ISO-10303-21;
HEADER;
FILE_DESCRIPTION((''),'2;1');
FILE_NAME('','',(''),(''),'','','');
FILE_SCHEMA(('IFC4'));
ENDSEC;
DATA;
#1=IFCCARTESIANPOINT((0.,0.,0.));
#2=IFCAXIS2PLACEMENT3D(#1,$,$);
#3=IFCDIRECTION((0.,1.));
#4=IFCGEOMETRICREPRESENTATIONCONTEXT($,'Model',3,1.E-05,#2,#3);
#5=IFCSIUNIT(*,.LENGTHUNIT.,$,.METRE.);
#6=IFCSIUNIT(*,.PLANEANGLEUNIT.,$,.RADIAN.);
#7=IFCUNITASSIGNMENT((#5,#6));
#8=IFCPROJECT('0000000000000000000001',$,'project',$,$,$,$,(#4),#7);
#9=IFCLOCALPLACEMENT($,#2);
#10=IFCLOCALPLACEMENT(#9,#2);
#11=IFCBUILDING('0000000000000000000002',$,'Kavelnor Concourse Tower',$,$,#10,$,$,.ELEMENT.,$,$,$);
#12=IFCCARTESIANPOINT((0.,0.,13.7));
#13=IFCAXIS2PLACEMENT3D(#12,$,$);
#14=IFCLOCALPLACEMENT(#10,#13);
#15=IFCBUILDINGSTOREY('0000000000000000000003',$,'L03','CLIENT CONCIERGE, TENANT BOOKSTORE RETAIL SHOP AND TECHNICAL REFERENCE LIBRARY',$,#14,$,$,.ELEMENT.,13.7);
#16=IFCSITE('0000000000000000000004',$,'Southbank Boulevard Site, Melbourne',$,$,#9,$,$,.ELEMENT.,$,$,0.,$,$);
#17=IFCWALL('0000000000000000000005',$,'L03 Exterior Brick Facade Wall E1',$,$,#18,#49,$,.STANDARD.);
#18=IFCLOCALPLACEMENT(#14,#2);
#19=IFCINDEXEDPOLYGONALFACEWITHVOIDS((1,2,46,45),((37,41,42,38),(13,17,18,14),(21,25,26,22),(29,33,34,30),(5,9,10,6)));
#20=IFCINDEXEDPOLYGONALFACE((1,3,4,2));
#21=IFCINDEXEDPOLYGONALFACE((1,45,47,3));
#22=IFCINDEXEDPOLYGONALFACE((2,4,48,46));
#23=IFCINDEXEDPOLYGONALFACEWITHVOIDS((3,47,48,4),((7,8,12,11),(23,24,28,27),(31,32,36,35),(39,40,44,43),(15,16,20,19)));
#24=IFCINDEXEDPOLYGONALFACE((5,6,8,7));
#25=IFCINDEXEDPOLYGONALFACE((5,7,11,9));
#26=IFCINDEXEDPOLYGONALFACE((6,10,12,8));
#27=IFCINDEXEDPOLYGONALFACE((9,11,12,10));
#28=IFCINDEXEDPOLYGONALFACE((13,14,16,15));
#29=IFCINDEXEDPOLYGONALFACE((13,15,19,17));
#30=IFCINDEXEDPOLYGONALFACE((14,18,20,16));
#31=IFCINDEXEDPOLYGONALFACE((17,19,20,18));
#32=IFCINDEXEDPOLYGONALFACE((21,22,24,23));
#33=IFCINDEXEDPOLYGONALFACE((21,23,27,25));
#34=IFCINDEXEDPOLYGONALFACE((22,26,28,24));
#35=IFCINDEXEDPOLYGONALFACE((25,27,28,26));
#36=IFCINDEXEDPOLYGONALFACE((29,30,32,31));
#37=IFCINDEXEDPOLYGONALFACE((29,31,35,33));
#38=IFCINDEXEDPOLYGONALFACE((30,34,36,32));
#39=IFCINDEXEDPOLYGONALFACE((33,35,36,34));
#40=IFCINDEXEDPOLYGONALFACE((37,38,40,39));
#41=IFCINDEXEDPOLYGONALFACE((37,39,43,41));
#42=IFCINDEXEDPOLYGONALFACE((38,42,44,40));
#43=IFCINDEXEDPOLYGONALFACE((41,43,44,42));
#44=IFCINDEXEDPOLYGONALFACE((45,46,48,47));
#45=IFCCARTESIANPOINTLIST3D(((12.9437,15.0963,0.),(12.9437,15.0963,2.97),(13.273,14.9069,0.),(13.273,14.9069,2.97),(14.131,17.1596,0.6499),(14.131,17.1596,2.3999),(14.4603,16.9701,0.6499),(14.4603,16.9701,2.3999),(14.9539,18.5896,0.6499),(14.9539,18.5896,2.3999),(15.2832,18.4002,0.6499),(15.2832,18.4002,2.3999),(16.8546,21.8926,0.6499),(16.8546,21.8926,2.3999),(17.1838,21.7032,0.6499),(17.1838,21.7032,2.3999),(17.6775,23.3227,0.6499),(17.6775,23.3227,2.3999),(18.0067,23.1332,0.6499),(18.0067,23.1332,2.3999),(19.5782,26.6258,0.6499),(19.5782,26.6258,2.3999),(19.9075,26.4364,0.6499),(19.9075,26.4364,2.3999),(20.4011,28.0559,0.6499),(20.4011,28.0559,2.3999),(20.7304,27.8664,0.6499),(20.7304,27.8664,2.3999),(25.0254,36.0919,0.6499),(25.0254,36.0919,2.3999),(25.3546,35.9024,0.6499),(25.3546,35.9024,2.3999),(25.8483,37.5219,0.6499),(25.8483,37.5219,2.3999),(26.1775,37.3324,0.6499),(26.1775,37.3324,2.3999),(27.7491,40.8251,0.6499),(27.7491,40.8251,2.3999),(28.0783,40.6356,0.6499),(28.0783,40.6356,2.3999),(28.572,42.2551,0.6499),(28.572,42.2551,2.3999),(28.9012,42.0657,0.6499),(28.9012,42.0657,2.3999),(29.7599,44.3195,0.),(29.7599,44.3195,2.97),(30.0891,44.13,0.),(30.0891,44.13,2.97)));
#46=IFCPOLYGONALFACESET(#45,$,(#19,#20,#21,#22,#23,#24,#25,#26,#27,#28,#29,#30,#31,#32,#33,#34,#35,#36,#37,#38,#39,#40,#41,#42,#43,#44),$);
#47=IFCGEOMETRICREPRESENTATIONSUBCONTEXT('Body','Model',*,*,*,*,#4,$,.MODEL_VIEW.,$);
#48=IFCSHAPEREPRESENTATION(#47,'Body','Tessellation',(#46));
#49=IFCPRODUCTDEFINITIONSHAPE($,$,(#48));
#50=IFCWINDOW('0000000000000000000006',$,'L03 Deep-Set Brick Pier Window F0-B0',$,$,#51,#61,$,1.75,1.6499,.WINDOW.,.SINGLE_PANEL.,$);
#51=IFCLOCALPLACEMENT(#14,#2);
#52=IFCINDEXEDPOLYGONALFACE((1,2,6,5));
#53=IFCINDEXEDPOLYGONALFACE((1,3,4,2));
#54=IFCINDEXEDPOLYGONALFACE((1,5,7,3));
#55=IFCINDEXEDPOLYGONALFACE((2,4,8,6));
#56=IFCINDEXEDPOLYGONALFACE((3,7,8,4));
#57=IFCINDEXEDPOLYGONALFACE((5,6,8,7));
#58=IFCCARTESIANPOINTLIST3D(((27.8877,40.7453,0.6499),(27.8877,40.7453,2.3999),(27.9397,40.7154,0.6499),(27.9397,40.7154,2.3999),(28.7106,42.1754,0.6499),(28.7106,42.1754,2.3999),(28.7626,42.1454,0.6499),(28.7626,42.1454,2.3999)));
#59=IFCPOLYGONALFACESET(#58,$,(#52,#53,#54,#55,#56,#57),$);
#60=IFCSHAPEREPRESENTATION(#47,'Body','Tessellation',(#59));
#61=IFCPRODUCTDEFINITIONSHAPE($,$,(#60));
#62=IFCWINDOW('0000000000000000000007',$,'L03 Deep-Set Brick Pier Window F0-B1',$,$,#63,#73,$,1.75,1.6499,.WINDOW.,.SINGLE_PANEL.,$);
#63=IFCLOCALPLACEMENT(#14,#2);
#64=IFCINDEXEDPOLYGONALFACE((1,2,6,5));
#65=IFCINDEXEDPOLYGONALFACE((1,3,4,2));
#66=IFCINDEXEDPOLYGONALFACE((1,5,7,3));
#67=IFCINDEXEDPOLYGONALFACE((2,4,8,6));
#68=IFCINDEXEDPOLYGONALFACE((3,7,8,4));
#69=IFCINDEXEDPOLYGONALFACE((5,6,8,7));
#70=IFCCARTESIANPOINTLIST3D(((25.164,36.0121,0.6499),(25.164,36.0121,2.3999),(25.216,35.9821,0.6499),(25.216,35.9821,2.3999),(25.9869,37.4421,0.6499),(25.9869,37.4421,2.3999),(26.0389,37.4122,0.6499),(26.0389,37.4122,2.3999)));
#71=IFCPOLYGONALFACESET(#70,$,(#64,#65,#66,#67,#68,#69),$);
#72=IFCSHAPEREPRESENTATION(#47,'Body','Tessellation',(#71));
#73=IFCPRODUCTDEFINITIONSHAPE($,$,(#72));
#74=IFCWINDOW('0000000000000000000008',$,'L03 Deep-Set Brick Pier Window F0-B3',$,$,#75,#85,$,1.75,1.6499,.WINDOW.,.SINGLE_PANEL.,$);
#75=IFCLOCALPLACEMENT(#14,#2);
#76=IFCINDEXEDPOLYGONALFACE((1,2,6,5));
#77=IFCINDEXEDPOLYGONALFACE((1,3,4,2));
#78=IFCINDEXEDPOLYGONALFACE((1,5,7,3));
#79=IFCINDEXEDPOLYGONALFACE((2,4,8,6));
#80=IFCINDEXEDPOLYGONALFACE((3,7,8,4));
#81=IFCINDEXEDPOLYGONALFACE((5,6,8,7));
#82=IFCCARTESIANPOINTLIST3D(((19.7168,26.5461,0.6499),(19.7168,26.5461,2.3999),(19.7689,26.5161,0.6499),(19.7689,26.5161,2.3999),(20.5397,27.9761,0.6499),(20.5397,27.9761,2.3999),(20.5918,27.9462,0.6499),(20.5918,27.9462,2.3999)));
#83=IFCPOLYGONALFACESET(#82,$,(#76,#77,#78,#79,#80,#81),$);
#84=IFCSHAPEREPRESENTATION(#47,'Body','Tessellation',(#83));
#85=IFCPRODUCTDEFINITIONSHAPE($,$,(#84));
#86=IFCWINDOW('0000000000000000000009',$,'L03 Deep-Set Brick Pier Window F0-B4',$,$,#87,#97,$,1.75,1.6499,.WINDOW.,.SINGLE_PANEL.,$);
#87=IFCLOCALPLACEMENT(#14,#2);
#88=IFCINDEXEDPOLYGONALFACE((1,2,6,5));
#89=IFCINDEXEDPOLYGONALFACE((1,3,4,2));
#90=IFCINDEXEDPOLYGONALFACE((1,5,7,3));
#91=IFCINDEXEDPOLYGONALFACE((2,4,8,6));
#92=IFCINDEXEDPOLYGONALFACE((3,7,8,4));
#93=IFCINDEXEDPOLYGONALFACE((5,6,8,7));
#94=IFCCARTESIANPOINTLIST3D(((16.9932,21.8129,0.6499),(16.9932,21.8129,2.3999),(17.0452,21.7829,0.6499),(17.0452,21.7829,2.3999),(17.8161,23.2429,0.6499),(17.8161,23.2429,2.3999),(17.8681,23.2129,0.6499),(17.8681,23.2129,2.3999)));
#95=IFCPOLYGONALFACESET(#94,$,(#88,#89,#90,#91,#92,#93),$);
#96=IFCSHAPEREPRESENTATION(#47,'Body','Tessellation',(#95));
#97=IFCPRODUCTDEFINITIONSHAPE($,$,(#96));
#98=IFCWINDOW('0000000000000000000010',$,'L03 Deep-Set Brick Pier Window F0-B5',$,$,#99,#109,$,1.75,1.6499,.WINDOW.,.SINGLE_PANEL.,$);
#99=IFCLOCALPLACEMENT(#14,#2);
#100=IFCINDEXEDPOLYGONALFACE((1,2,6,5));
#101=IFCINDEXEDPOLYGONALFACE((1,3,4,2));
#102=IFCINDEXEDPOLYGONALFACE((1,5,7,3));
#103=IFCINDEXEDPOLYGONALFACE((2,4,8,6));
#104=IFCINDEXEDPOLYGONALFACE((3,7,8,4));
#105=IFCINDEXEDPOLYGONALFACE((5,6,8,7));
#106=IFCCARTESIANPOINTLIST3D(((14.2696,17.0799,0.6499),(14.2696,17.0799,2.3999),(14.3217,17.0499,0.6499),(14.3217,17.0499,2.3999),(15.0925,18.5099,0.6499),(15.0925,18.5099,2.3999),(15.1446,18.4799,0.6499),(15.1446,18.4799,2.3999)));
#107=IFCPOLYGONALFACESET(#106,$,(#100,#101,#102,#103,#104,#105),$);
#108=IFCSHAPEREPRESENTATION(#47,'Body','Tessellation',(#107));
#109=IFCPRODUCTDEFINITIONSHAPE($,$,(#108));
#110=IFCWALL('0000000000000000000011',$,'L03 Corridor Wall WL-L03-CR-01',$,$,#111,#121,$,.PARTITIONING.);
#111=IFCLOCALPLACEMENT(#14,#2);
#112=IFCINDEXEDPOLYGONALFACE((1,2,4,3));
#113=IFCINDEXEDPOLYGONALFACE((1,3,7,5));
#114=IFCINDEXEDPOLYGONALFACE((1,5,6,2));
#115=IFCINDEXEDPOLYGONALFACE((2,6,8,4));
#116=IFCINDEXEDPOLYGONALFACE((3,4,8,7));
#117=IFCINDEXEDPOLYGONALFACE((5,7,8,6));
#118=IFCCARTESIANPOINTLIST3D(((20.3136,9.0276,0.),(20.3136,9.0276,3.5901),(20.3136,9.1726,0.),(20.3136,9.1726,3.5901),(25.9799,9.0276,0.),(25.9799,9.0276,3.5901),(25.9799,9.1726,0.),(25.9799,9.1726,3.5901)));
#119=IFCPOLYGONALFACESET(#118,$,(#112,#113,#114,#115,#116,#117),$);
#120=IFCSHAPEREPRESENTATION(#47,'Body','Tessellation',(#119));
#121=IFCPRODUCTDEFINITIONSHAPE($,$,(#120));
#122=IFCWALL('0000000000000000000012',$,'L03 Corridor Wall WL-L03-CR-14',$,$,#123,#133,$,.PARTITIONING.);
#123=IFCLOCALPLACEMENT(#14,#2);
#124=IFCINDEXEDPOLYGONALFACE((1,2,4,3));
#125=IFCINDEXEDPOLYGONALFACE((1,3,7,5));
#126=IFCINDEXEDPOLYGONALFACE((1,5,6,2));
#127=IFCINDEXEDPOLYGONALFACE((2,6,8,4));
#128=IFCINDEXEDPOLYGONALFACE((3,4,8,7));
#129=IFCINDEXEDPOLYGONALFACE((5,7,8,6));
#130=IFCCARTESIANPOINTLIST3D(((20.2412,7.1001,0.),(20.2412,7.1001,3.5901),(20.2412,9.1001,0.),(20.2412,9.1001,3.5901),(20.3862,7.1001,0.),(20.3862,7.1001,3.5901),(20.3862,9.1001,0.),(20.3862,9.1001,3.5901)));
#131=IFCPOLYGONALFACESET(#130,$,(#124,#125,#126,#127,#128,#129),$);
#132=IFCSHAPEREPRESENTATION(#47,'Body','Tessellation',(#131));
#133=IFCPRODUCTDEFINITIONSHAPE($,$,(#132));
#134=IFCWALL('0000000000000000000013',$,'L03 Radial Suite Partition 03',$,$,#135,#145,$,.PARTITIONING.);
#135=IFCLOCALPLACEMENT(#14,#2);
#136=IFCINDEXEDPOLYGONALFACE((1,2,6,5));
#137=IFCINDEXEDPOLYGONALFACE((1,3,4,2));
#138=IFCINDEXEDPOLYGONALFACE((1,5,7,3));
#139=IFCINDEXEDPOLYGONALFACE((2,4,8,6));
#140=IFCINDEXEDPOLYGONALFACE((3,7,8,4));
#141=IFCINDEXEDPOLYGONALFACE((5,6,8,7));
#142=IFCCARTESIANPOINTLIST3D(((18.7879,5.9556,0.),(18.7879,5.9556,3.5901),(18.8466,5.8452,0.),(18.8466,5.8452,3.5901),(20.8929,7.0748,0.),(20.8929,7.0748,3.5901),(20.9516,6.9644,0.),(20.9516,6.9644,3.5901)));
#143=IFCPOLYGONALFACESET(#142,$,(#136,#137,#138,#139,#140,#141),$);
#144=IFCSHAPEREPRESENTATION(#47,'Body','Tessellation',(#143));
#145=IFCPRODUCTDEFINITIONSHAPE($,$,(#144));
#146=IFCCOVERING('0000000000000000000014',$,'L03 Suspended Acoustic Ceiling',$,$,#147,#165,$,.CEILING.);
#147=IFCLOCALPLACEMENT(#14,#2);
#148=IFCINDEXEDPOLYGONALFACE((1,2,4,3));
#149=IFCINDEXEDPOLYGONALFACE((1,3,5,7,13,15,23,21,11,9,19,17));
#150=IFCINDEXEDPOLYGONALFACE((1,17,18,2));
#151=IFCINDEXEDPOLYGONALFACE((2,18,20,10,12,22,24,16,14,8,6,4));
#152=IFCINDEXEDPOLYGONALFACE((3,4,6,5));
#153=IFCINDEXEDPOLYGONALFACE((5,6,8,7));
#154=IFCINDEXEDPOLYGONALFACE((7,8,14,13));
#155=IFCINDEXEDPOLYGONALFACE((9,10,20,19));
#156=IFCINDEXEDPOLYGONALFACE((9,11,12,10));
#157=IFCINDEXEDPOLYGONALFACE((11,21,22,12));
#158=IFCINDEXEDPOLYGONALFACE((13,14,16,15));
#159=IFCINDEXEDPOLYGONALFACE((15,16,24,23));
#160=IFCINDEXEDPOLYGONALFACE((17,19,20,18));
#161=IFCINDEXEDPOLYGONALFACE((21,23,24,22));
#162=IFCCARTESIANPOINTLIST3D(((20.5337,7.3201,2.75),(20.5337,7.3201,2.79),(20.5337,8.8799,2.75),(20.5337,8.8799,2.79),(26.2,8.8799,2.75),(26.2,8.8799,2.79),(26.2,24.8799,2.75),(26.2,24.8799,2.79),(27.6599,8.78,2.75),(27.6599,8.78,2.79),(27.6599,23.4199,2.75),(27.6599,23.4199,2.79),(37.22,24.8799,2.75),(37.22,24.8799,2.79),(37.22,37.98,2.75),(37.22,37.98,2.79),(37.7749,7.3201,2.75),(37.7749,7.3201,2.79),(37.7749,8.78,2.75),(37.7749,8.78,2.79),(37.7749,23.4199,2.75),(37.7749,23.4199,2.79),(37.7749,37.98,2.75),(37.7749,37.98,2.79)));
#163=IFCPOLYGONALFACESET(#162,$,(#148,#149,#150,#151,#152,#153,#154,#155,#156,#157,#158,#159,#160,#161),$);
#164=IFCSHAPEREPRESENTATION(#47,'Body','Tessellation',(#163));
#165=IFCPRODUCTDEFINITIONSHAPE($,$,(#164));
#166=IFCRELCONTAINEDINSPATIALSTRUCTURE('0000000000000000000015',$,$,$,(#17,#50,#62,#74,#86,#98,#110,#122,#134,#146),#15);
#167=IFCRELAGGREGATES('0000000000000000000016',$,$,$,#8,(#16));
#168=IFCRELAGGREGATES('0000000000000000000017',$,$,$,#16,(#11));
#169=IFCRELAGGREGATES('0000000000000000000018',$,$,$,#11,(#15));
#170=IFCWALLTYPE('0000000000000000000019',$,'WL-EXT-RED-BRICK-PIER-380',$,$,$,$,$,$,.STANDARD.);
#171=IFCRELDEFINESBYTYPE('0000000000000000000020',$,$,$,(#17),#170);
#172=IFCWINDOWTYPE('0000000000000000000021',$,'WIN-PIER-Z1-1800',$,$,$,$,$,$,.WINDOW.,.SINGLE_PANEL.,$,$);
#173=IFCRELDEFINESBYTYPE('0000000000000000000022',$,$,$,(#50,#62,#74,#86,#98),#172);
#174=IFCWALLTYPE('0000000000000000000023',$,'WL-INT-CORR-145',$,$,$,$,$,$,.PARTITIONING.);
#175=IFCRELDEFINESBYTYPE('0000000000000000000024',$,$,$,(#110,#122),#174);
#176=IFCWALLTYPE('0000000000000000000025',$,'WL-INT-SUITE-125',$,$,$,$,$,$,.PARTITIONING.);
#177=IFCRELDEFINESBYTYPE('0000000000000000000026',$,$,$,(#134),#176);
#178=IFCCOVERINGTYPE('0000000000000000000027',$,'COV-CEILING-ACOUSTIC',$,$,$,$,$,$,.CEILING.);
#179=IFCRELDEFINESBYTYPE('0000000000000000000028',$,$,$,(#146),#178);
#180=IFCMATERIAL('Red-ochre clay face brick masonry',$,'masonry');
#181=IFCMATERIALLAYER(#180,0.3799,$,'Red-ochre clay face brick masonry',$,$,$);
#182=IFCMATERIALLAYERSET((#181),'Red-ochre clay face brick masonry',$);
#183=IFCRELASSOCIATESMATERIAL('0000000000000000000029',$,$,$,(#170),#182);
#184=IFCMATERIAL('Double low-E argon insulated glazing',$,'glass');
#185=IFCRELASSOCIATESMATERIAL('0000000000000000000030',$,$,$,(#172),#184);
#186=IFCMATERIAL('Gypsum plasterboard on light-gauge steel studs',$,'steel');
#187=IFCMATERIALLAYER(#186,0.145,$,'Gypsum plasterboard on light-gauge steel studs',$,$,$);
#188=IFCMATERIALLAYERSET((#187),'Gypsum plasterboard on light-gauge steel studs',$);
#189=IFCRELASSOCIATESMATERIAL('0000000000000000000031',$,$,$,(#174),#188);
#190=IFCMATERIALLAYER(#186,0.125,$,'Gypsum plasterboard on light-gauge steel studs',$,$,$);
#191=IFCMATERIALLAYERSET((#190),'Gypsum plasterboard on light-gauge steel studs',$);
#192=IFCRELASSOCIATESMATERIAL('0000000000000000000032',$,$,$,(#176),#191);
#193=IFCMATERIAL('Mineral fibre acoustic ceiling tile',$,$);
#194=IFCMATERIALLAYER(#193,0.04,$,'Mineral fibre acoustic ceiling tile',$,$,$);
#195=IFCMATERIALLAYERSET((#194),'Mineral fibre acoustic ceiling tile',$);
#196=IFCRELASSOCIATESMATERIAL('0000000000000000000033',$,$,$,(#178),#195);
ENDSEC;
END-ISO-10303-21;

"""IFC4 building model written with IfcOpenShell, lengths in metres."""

from ifc_helpers import new_model, si_unit, direction, frame, frame_2d, origin, place, context, subcontext, project, spatial, polyline, rectangle, outline, extrude, material, layer, layer_set, type_object, element, fill, save


model = new_model("IFC4")

# Units and contexts
model_context = context("Model", 3, precision=1e-05, world=origin(), true_north=direction((0.0, 1.0)))
body_context = subcontext(model_context, "Body", "Model", "MODEL_VIEW")
ifc_project = project(units=[si_unit("LENGTHUNIT", "METRE"), si_unit("PLANEANGLEUNIT", "RADIAN")], contexts=[model_context])

# Site, building, storey
site_placement = place(None, origin())
site = spatial("IfcSite", under=ifc_project, at=site_placement, Name="Southbank Boulevard Site, Melbourne", CompositionType="ELEMENT", RefElevation=0.0)
building_placement = place(site_placement, origin())
building = spatial("IfcBuilding", under=site, at=building_placement, Name="Kavelnor Concourse Tower", CompositionType="ELEMENT")
storey_placement = place(building_placement, frame((0.0, 0.0, 13.7)))
storey = spatial("IfcBuildingStorey", under=building, at=storey_placement, Name="L03", Description="CLIENT CONCIERGE, TENANT BOOKSTORE RETAIL SHOP AND TECHNICAL REFERENCE LIBRARY", CompositionType="ELEMENT", Elevation=13.7)

# Wall, openings, windows
ifc_material_1 = material(Name="Red-ochre clay face brick masonry", Category="masonry")
ifc_layer_1 = layer(ifc_material_1, 0.3799, Name="Red-ochre clay face brick masonry")
ifc_layer_set_1 = layer_set([ifc_layer_1], Name="Red-ochre clay face brick masonry")
wall_type_1 = type_object("IfcWallType", Name="WL-EXT-RED-BRICK-PIER-380", PredefinedType="STANDARD", material=ifc_layer_set_1)
wall_1_placement = place(storey_placement, frame((13.1084, 15.0017, 0.0), z_axis=(0.0, 0.0, 1.0), x_axis=(0.498758, 0.866742, 0.0)))
wall_1 = element("IfcWall", 1, at=wall_1_placement, inside=storey, type_object=wall_type_1, Name="L03 Exterior Brick Facade Wall E1", PredefinedType="STANDARD", context=body_context, shape_type="SweptSolid", body=[
    extrude(rectangle(XDim=33.7161, YDim=0.3799, at=frame_2d((16.8579, 0.0))), origin(), (0.0, 0.0, 1.0), 2.97),
])
opening_1_placement = place(wall_1_placement, frame((29.6843, 0.0, 0.6499)))
opening_1 = element("IfcOpeningElement", 2, at=opening_1_placement, cuts=wall_1, PredefinedType="OPENING", context=body_context, shape_type="SweptSolid", body=[
    extrude(rectangle(XDim=1.6499, YDim=1.75, at=frame_2d((0.825, 0.875))), frame((0.0, 0.2, 0.0), z_axis=(0.0, -1.0, 0.0), x_axis=(1.0, 0.0, 0.0)), (0.0, 0.0, 1.0), 0.3999),
])
opening_2_placement = place(wall_1_placement, frame((24.2234, 0.0, 0.6499)))
opening_2 = element("IfcOpeningElement", 3, at=opening_2_placement, cuts=wall_1, PredefinedType="OPENING", context=body_context, shape_type="SweptSolid", body=[
    extrude(rectangle(XDim=1.6499, YDim=1.75, at=frame_2d((0.825, 0.875))), frame((0.0, 0.2, 0.0), z_axis=(0.0, -1.0, 0.0), x_axis=(1.0, 0.0, 0.0)), (0.0, 0.0, 1.0), 0.3999),
])
opening_3_placement = place(wall_1_placement, frame((13.302, 0.0, 0.6499)))
opening_3 = element("IfcOpeningElement", 4, at=opening_3_placement, cuts=wall_1, PredefinedType="OPENING", context=body_context, shape_type="SweptSolid", body=[
    extrude(rectangle(XDim=1.6499, YDim=1.75, at=frame_2d((0.825, 0.875))), frame((0.0, 0.2, 0.0), z_axis=(0.0, -1.0, 0.0), x_axis=(1.0, 0.0, 0.0)), (0.0, 0.0, 1.0), 0.3999),
])
opening_4_placement = place(wall_1_placement, frame((7.8411, 0.0, 0.6499)))
opening_4 = element("IfcOpeningElement", 5, at=opening_4_placement, cuts=wall_1, PredefinedType="OPENING", context=body_context, shape_type="SweptSolid", body=[
    extrude(rectangle(XDim=1.6499, YDim=1.75, at=frame_2d((0.825, 0.875))), frame((0.0, 0.2, 0.0), z_axis=(0.0, -1.0, 0.0), x_axis=(1.0, 0.0, 0.0)), (0.0, 0.0, 1.0), 0.3999),
])
opening_5_placement = place(wall_1_placement, frame((2.3804, 0.0, 0.6499)))
opening_5 = element("IfcOpeningElement", 6, at=opening_5_placement, cuts=wall_1, PredefinedType="OPENING", context=body_context, shape_type="SweptSolid", body=[
    extrude(rectangle(XDim=1.6499, YDim=1.75, at=frame_2d((0.825, 0.875))), frame((0.0, 0.2, 0.0), z_axis=(0.0, -1.0, 0.0), x_axis=(1.0, 0.0, 0.0)), (0.0, 0.0, 1.0), 0.3999),
])
ifc_material_2 = material(Name="Double low-E argon insulated glazing", Category="glass")
window_type = type_object("IfcWindowType", Name="WIN-PIER-Z1-1800", PartitioningType="SINGLE_PANEL", PredefinedType="WINDOW", material=ifc_material_2)
window_1_placement = place(opening_1_placement, origin())
window_1 = element("IfcWindow", 7, at=window_1_placement, inside=storey, type_object=window_type, Name="L03 Deep-Set Brick Pier Window F0-B0", OverallHeight=1.75, OverallWidth=1.6499, PartitioningType="SINGLE_PANEL", PredefinedType="WINDOW", context=body_context, shape_type="SweptSolid", body=[
    extrude(rectangle(XDim=1.6499, YDim=1.75, at=frame_2d((0.825, 0.875))), frame((0.0, 0.03, 0.0), z_axis=(0.0, -1.0, 0.0), x_axis=(1.0, 0.0, 0.0)), (0.0, 0.0, 1.0), 0.0601),
])
fill(opening_1, window_1)
window_2_placement = place(opening_2_placement, origin())
window_2 = element("IfcWindow", 8, at=window_2_placement, inside=storey, type_object=window_type, Name="L03 Deep-Set Brick Pier Window F0-B1", OverallHeight=1.75, OverallWidth=1.6499, PartitioningType="SINGLE_PANEL", PredefinedType="WINDOW", context=body_context, shape_type="SweptSolid", body=[
    extrude(rectangle(XDim=1.6499, YDim=1.75, at=frame_2d((0.825, 0.875))), frame((0.0, 0.03, 0.0), z_axis=(0.0, -1.0, 0.0), x_axis=(1.0, 0.0, 0.0)), (0.0, 0.0, 1.0), 0.0601),
])
fill(opening_2, window_2)
window_3_placement = place(opening_3_placement, origin())
window_3 = element("IfcWindow", 9, at=window_3_placement, inside=storey, type_object=window_type, Name="L03 Deep-Set Brick Pier Window F0-B3", OverallHeight=1.75, OverallWidth=1.6499, PartitioningType="SINGLE_PANEL", PredefinedType="WINDOW", context=body_context, shape_type="SweptSolid", body=[
    extrude(rectangle(XDim=1.6499, YDim=1.75, at=frame_2d((0.825, 0.875))), frame((0.0, 0.03, 0.0), z_axis=(0.0, -1.0, 0.0), x_axis=(1.0, 0.0, 0.0)), (0.0, 0.0, 1.0), 0.0601),
])
fill(opening_3, window_3)
window_4_placement = place(opening_4_placement, origin())
window_4 = element("IfcWindow", 10, at=window_4_placement, inside=storey, type_object=window_type, Name="L03 Deep-Set Brick Pier Window F0-B4", OverallHeight=1.75, OverallWidth=1.6499, PartitioningType="SINGLE_PANEL", PredefinedType="WINDOW", context=body_context, shape_type="SweptSolid", body=[
    extrude(rectangle(XDim=1.6499, YDim=1.75, at=frame_2d((0.825, 0.875))), frame((0.0, 0.03, 0.0), z_axis=(0.0, -1.0, 0.0), x_axis=(1.0, 0.0, 0.0)), (0.0, 0.0, 1.0), 0.0601),
])
fill(opening_4, window_4)
window_5_placement = place(opening_5_placement, origin())
window_5 = element("IfcWindow", 11, at=window_5_placement, inside=storey, type_object=window_type, Name="L03 Deep-Set Brick Pier Window F0-B5", OverallHeight=1.75, OverallWidth=1.6499, PartitioningType="SINGLE_PANEL", PredefinedType="WINDOW", context=body_context, shape_type="SweptSolid", body=[
    extrude(rectangle(XDim=1.6499, YDim=1.75, at=frame_2d((0.825, 0.875))), frame((0.0, 0.03, 0.0), z_axis=(0.0, -1.0, 0.0), x_axis=(1.0, 0.0, 0.0)), (0.0, 0.0, 1.0), 0.0601),
])
fill(opening_5, window_5)

# Walls
ifc_material_3 = material(Name="Gypsum plasterboard on light-gauge steel studs", Category="steel")
ifc_layer_2 = layer(ifc_material_3, 0.145, Name="Gypsum plasterboard on light-gauge steel studs")
ifc_layer_set_2 = layer_set([ifc_layer_2], Name="Gypsum plasterboard on light-gauge steel studs")
wall_type_2 = type_object("IfcWallType", Name="WL-INT-CORR-145", PredefinedType="PARTITIONING", material=ifc_layer_set_2)
wall_2_placement = place(storey_placement, frame((20.3137, 9.1001, 0.0), z_axis=(0.0, 0.0, 1.0), x_axis=(1.0, 0.0, 0.0)))
element("IfcWall", 12, at=wall_2_placement, inside=storey, type_object=wall_type_2, Name="L03 Corridor Wall WL-L03-CR-01", PredefinedType="PARTITIONING", context=body_context, shape_type="SweptSolid", body=[
    extrude(rectangle(XDim=5.6663, YDim=0.145, at=frame_2d((2.833, 0.0))), origin(), (0.0, 0.0, 1.0), 3.5901),
])
wall_3_placement = place(storey_placement, frame((20.3137, 7.1001, 0.0), z_axis=(0.0, 0.0, 1.0), x_axis=(0.0, 1.0, 0.0)))
element("IfcWall", 13, at=wall_3_placement, inside=storey, type_object=wall_type_2, Name="L03 Corridor Wall WL-L03-CR-14", PredefinedType="PARTITIONING", context=body_context, shape_type="SweptSolid", body=[
    extrude(rectangle(XDim=2.0, YDim=0.145, at=frame_2d((1.0, 0.0))), origin(), (0.0, 0.0, 1.0), 3.5901),
])
ifc_layer_3 = layer(ifc_material_3, 0.125, Name="Gypsum plasterboard on light-gauge steel studs")
ifc_layer_set_3 = layer_set([ifc_layer_3], Name="Gypsum plasterboard on light-gauge steel studs")
wall_type_3 = type_object("IfcWallType", Name="WL-INT-SUITE-125", PredefinedType="PARTITIONING", material=ifc_layer_set_3)
wall_4_placement = place(storey_placement, frame((20.9221, 7.0195, 0.0), z_axis=(0.0, 0.0, 1.0), x_axis=(-0.882965, -0.46944, 0.0)))
element("IfcWall", 14, at=wall_4_placement, inside=storey, type_object=wall_type_3, Name="L03 Radial Suite Partition 03", PredefinedType="PARTITIONING", context=body_context, shape_type="SweptSolid", body=[
    extrude(rectangle(XDim=2.384, YDim=0.125, at=frame_2d((1.1919, 0.0))), origin(), (0.0, 0.0, 1.0), 3.5901),
])

# Covering
ifc_material_4 = material(Name="Mineral fibre acoustic ceiling tile")
ifc_layer_4 = layer(ifc_material_4, 0.04, Name="Mineral fibre acoustic ceiling tile")
ifc_layer_set_4 = layer_set([ifc_layer_4], Name="Mineral fibre acoustic ceiling tile")
covering_type_1 = type_object("IfcCoveringType", Name="COV-CEILING-ACOUSTIC", PredefinedType="CEILING", material=ifc_layer_set_4)
covering_1_placement = place(storey_placement, frame((0.0, 0.0, 2.75)))
element("IfcCovering", 15, at=covering_1_placement, inside=storey, type_object=covering_type_1, Name="L03 Suspended Acoustic Ceiling", PredefinedType="CEILING", context=body_context, shape_type="SweptSolid", body=[
    extrude(outline(polyline([(37.22, 37.98), (37.7749, 37.98), (37.7749, 23.4199), (27.6599, 23.4199), (27.6599, 8.78), (37.7749, 8.78), (37.7749, 7.3201), (20.5337, 7.3201), (20.5337, 8.8799), (26.2, 8.8799), (26.2, 24.8799), (37.22, 24.8799), (37.22, 37.98)])), origin(), (0.0, 0.0, 1.0), 0.04),
])

save(model, "model.ifc")
